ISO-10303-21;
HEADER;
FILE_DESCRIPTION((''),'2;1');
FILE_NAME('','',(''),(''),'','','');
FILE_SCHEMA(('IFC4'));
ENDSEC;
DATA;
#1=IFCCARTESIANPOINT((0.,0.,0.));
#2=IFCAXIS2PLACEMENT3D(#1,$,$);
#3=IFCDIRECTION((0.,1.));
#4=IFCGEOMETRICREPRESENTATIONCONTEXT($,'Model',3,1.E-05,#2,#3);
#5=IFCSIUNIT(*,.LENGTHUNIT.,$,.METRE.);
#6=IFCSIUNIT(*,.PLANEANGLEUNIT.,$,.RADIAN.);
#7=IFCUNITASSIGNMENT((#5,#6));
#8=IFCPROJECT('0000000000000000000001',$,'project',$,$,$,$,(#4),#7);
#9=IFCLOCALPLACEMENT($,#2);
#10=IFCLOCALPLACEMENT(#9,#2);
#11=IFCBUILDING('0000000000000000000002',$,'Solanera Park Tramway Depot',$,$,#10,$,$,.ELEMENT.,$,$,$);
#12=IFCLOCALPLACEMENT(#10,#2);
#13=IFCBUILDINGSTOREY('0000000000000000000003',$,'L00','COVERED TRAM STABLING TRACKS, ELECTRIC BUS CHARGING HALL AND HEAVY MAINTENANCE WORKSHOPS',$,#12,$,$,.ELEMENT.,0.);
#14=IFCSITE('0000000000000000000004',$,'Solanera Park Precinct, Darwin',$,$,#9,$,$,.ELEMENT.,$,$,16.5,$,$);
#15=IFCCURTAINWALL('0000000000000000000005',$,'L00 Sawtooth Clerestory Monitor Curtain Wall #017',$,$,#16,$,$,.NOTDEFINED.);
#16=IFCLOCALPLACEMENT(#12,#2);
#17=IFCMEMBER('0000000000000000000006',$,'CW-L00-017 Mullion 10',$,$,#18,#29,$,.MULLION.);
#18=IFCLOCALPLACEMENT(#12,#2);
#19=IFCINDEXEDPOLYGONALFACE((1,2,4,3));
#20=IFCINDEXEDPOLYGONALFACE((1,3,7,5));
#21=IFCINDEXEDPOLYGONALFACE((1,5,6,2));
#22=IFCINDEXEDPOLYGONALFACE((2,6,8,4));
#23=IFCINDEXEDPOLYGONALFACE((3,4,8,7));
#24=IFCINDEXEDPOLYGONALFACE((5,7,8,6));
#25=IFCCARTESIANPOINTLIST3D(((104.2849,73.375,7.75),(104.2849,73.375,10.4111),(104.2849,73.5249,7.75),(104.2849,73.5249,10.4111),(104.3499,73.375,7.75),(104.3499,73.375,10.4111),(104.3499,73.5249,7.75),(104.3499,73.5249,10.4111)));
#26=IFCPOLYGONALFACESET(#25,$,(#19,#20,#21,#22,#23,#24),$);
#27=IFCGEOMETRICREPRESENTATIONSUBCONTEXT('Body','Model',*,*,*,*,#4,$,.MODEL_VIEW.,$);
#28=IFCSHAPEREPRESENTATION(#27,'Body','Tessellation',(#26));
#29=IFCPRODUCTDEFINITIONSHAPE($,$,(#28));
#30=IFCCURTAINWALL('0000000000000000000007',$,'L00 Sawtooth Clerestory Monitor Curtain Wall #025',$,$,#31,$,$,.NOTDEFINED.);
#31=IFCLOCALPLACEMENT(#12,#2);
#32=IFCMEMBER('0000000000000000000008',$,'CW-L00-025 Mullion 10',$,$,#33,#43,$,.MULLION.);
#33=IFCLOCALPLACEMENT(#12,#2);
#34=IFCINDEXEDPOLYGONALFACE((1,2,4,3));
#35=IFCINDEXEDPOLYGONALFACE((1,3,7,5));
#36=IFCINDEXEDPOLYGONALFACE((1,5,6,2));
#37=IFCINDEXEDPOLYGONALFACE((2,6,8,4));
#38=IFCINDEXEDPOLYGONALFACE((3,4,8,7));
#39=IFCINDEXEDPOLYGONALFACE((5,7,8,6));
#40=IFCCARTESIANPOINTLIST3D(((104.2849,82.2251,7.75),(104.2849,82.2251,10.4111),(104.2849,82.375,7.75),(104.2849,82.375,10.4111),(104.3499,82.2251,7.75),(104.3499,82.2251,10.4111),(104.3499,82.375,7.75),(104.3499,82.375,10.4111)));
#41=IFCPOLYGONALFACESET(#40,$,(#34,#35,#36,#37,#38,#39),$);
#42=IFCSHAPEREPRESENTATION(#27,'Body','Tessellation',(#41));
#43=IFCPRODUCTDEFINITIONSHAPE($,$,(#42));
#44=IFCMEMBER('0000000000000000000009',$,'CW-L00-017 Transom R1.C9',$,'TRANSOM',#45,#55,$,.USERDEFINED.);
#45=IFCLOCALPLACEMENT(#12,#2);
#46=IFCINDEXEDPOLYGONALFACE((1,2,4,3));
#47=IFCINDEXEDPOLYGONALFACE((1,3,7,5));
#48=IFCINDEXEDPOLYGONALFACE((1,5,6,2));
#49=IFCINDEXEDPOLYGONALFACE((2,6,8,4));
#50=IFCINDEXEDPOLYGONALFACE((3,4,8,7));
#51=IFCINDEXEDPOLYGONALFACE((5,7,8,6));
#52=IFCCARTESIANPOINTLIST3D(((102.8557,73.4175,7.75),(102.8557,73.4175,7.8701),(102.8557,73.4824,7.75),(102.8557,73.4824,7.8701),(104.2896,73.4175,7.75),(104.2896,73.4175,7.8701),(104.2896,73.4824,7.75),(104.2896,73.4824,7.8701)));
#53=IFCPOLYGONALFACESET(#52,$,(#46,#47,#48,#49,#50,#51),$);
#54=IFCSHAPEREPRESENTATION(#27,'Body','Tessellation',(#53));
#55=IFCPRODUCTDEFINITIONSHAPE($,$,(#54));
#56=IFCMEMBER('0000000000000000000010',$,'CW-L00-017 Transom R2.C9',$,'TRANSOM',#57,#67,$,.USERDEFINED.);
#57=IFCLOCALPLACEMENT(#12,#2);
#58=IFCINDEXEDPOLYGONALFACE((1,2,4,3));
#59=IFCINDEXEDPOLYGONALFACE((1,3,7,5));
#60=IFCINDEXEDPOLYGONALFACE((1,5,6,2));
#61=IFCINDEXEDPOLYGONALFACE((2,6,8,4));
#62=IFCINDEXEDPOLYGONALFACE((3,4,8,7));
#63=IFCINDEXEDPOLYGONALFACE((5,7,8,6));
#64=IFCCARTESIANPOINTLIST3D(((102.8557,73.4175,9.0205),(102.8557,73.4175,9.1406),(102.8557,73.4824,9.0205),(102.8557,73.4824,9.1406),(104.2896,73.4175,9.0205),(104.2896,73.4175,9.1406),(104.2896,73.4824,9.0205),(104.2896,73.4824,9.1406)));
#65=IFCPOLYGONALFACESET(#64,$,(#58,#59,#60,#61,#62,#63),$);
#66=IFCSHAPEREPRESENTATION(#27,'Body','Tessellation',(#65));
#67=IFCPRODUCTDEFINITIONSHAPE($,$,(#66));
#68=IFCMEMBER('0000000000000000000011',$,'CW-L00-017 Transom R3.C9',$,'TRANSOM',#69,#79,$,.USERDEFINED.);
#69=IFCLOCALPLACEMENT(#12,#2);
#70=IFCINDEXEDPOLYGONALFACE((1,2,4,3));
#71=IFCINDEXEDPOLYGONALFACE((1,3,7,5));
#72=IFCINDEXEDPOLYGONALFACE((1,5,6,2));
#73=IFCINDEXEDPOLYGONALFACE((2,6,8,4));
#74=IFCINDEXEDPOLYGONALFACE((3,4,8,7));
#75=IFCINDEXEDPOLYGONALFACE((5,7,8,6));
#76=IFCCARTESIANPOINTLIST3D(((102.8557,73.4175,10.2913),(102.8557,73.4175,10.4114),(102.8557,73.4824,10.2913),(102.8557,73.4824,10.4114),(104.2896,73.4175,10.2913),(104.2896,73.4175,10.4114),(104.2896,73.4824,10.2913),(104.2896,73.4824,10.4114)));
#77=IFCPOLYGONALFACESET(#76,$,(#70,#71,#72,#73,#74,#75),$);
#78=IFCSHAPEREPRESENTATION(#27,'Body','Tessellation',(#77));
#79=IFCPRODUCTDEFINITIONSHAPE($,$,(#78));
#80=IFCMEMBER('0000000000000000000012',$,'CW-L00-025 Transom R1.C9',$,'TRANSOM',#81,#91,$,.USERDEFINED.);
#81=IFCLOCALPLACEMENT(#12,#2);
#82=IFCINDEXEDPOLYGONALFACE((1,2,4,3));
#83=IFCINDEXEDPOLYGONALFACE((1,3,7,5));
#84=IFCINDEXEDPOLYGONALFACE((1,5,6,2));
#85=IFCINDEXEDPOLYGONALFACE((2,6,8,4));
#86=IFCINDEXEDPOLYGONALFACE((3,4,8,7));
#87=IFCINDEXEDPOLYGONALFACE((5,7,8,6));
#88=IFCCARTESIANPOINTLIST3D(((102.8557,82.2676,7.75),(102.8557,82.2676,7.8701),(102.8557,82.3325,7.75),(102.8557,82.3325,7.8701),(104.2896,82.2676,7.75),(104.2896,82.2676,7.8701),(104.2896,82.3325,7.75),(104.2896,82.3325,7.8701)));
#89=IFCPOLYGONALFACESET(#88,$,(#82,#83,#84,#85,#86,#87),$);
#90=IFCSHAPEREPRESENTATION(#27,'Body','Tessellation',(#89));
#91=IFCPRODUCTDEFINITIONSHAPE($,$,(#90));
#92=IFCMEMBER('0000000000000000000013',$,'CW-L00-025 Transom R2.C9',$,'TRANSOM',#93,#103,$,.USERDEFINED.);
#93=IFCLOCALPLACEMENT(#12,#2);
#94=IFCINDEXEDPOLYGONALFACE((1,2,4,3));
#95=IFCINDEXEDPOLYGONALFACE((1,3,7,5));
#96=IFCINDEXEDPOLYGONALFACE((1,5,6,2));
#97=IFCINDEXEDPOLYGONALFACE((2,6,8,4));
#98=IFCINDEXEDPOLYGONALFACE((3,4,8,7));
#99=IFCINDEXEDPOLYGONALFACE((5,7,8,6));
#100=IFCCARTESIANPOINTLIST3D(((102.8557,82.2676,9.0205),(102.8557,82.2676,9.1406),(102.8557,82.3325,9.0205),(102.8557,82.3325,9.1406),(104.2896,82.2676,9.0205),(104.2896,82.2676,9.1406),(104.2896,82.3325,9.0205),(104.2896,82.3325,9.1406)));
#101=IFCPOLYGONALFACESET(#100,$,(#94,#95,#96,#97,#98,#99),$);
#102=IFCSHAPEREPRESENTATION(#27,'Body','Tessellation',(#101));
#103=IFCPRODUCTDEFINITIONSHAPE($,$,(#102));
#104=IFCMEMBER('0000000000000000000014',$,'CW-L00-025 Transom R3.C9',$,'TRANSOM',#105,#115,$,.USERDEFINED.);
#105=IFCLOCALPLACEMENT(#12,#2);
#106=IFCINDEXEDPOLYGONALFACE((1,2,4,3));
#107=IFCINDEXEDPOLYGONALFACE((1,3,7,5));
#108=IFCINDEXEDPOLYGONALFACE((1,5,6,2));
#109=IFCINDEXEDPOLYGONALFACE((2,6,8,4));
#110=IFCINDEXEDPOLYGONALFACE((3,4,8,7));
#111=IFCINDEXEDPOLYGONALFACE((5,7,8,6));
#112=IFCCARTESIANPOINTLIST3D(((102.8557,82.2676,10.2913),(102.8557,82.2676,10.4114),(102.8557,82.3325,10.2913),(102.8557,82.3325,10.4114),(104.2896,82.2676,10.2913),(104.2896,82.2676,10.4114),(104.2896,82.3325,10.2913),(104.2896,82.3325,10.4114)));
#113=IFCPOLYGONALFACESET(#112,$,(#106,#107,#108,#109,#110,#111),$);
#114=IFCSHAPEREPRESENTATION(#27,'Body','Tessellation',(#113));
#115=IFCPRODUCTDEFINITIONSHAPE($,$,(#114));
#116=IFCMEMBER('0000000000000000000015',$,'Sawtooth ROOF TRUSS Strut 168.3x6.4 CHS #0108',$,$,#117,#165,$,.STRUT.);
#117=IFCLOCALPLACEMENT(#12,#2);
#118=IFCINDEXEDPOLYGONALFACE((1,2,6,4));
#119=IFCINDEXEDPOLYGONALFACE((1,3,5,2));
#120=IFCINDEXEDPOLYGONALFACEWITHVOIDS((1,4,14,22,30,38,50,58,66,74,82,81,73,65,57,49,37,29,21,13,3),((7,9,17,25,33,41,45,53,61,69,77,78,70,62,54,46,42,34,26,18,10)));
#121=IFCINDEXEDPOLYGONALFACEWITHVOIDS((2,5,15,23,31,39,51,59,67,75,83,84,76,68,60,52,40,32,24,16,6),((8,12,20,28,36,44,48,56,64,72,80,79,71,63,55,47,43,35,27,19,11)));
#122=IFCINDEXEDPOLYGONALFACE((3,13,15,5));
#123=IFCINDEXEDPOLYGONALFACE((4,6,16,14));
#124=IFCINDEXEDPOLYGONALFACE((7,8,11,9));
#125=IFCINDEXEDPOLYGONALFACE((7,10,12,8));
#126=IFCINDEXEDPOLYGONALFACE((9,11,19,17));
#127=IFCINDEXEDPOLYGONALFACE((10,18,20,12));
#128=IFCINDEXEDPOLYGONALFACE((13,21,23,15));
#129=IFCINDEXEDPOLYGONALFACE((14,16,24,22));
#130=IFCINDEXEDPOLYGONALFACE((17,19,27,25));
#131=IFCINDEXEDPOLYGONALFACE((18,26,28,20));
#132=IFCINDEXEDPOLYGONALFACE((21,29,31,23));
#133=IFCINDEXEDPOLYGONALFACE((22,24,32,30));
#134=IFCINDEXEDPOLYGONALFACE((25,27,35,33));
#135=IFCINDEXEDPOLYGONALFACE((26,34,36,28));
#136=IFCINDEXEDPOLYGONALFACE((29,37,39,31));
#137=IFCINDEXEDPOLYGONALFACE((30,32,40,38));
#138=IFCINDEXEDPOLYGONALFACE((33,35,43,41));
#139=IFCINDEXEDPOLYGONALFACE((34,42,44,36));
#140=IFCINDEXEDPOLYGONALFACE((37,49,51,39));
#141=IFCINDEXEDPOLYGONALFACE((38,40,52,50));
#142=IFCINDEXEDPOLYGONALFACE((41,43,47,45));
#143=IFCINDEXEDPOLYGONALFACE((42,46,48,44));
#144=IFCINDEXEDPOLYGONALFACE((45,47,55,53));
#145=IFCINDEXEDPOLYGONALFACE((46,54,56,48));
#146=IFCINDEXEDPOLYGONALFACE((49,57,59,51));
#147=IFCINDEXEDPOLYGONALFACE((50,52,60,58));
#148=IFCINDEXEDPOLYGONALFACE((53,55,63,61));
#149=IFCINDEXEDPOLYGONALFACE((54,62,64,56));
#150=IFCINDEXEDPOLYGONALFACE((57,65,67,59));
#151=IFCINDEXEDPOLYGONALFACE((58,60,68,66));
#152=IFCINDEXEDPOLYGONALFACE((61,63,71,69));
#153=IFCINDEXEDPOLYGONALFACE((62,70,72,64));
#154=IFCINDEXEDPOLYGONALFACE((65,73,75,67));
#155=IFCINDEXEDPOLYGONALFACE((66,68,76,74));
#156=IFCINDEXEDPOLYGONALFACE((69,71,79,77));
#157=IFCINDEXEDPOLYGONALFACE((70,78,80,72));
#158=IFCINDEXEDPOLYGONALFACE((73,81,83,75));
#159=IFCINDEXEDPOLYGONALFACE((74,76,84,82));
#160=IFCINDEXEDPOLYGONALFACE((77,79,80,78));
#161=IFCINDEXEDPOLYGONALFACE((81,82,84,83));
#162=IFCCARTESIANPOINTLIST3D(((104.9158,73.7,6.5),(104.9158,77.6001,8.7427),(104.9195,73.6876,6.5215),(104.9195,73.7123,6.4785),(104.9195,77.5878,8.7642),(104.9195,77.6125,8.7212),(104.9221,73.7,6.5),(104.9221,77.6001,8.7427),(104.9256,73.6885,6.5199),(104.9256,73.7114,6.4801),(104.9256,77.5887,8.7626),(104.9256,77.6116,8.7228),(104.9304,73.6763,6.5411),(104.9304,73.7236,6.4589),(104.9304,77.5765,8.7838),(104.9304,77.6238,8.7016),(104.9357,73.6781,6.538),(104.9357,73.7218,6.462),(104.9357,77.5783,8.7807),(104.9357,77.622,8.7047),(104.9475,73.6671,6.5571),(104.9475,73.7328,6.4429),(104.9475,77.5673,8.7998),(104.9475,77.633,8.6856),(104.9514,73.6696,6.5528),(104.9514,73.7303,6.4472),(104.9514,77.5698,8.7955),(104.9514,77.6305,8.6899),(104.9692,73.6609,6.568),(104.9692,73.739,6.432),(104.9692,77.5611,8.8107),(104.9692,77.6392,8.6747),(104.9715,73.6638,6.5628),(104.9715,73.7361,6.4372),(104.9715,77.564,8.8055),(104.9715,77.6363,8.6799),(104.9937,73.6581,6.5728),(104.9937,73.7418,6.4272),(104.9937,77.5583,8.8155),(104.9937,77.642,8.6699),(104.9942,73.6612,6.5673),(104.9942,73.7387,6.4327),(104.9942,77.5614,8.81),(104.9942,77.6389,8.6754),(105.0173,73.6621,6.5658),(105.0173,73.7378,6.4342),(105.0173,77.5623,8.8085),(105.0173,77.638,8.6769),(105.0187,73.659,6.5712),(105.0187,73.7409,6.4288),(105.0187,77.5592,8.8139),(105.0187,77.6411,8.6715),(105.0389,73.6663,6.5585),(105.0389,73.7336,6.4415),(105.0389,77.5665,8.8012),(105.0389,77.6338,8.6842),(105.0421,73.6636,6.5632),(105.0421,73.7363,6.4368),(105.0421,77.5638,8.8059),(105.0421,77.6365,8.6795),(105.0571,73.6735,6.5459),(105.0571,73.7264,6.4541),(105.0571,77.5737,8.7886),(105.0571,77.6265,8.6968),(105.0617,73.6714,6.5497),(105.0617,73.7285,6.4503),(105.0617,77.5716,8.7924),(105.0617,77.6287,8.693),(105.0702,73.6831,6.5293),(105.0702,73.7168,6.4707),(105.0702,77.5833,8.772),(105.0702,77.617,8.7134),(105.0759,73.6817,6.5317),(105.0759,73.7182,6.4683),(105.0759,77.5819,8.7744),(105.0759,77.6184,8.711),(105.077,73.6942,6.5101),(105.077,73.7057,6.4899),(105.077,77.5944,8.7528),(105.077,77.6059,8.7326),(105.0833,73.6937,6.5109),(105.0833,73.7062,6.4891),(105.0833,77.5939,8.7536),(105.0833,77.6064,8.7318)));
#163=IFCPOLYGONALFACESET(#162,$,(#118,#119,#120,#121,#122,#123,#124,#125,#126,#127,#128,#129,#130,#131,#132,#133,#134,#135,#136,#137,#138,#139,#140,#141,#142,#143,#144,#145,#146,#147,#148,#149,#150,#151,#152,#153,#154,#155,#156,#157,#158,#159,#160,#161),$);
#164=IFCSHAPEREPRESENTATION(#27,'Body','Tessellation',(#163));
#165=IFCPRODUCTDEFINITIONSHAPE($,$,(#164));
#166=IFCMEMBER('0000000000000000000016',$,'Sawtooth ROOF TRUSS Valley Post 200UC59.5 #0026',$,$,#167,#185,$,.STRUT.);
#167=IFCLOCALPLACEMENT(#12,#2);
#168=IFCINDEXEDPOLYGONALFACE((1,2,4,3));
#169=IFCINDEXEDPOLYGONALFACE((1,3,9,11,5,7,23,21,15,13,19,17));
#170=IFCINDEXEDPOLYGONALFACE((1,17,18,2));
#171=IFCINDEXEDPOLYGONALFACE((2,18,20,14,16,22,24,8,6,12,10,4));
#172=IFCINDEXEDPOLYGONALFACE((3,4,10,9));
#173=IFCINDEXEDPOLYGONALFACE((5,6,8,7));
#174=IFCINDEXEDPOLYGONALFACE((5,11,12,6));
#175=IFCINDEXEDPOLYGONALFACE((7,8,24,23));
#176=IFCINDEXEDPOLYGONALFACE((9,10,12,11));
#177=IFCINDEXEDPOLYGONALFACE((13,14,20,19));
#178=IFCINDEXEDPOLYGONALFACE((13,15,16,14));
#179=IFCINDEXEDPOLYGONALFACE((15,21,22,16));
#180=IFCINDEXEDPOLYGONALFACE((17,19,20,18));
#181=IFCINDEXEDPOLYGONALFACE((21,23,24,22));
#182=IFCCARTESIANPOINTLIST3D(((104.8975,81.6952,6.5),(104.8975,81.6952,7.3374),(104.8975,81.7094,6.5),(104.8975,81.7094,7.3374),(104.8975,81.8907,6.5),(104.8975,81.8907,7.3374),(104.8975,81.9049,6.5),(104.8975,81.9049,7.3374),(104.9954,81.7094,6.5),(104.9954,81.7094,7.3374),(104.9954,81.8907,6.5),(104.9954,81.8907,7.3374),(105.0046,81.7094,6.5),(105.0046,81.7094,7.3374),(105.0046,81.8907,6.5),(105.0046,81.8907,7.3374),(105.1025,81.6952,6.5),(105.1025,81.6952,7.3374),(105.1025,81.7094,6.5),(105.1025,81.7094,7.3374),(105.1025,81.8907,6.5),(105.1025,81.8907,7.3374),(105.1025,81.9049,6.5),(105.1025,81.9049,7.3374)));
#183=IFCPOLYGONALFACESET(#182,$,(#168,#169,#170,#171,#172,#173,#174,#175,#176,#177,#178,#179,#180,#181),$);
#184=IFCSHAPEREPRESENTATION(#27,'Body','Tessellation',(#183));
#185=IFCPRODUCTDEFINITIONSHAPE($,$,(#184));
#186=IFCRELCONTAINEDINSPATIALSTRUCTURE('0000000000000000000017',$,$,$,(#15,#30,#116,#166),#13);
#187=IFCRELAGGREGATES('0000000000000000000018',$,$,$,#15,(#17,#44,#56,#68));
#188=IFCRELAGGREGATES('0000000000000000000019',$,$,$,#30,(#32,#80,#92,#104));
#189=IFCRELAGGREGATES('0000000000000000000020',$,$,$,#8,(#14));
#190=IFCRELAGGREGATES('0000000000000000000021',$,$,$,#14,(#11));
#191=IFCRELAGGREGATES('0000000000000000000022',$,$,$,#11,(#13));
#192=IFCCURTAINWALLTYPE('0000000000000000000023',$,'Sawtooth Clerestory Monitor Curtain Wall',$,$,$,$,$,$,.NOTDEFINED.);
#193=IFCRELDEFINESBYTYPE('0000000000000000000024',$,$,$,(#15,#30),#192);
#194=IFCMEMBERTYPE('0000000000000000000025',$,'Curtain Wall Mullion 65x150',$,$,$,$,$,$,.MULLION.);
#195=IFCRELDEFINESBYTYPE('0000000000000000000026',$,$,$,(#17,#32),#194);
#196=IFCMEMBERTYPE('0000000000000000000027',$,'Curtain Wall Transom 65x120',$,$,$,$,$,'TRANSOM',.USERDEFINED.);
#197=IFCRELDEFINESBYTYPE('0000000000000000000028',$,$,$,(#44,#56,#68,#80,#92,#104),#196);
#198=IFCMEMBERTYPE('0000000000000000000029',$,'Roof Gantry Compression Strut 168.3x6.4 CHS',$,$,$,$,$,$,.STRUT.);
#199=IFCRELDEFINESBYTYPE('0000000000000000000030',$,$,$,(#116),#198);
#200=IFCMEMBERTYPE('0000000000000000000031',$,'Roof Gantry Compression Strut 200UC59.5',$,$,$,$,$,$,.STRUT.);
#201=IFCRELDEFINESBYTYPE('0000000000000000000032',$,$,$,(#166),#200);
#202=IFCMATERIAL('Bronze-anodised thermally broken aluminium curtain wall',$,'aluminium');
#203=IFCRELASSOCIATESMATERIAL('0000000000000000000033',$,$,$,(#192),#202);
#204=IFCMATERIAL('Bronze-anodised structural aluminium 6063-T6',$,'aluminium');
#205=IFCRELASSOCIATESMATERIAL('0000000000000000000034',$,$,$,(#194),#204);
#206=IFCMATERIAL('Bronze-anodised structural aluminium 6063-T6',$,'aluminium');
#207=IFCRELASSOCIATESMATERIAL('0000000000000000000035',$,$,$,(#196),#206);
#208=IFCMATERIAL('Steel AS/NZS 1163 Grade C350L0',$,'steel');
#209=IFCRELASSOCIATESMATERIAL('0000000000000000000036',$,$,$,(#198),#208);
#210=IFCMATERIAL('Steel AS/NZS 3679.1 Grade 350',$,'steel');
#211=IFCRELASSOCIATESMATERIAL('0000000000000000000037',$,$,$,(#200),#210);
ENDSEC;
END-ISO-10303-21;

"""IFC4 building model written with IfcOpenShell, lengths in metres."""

from ifc_helpers import new_model, si_unit, direction, frame, origin, origin_2d, place, context, subcontext, project, spatial, rectangle, hollow_circle, i_section, extrude, material, material_profile, profile_set, type_object, element, aggregate, save


model = new_model("IFC4")

# Units and contexts
model_context = context("Model", 3, precision=1e-05, world=origin(), true_north=direction((0.0, 1.0)))
body_context = subcontext(model_context, "Body", "Model", "MODEL_VIEW")
ifc_project = project(units=[si_unit("LENGTHUNIT", "METRE"), si_unit("PLANEANGLEUNIT", "RADIAN")], contexts=[model_context])

# Site, building, storey
site_placement = place(None, origin())
site = spatial("IfcSite", under=ifc_project, at=site_placement, Name="Solanera Park Precinct, Darwin", CompositionType="ELEMENT", RefElevation=16.5)
building_placement = place(site_placement, origin())
building = spatial("IfcBuilding", under=site, at=building_placement, Name="Solanera Park Tramway Depot", CompositionType="ELEMENT")
storey_placement = place(building_placement, origin())
storey = spatial("IfcBuildingStorey", under=building, at=storey_placement, Name="L00", Description="COVERED TRAM STABLING TRACKS, ELECTRIC BUS CHARGING HALL AND HEAVY MAINTENANCE WORKSHOPS", CompositionType="ELEMENT", Elevation=0.0)

# Curtain walls, members
ifc_material_1 = material(Name="Bronze-anodised thermally broken aluminium curtain wall", Category="aluminium")
curtain_wall_type = type_object("IfcCurtainWallType", Name="Sawtooth Clerestory Monitor Curtain Wall", PredefinedType="NOTDEFINED", material=ifc_material_1)
curtain_wall_1_placement = place(storey_placement, origin())
curtain_wall_1 = element("IfcCurtainWall", 1, at=curtain_wall_1_placement, inside=storey, type_object=curtain_wall_type, Name="L00 Sawtooth Clerestory Monitor Curtain Wall #017", PredefinedType="NOTDEFINED")
ifc_material_2 = material(Name="Bronze-anodised structural aluminium 6063-T6", Category="aluminium")
ifc_material_profile_1 = material_profile(ifc_material_2, rectangle(XDim=0.0649, YDim=0.1499, at=origin_2d()), Name="Curtain Wall Mullion 65x150")
ifc_profile_set_1 = profile_set([ifc_material_profile_1], Name="Bronze-anodised structural aluminium 6063-T6")
member_type_1 = type_object("IfcMemberType", Name="Curtain Wall Mullion 65x150", PredefinedType="MULLION", material=ifc_profile_set_1)
member_1_placement = place(storey_placement, frame((104.3174, 73.45, 7.75), z_axis=(0.0, 0.0, 1.0), x_axis=(1.0, 0.0, 0.0)))
member_1 = element("IfcMember", 2, at=member_1_placement, type_object=member_type_1, Name="CW-L00-017 Mullion 10", PredefinedType="MULLION", context=body_context, shape_type="SweptSolid", body=[
    extrude(rectangle(XDim=0.0649, YDim=0.1499, at=origin_2d()), origin(), (0.0, 0.0, 1.0), 2.6611),
])
curtain_wall_2_placement = place(storey_placement, origin())
curtain_wall_2 = element("IfcCurtainWall", 3, at=curtain_wall_2_placement, inside=storey, type_object=curtain_wall_type, Name="L00 Sawtooth Clerestory Monitor Curtain Wall #025", PredefinedType="NOTDEFINED")
member_2_placement = place(storey_placement, frame((104.3174, 82.3, 7.75), z_axis=(0.0, 0.0, 1.0), x_axis=(1.0, 0.0, 0.0)))
member_2 = element("IfcMember", 4, at=member_2_placement, type_object=member_type_1, Name="CW-L00-025 Mullion 10", PredefinedType="MULLION", context=body_context, shape_type="SweptSolid", body=[
    extrude(rectangle(XDim=0.0649, YDim=0.1499, at=origin_2d()), origin(), (0.0, 0.0, 1.0), 2.6611),
])

# Members
ifc_material_3 = material(Name="Bronze-anodised structural aluminium 6063-T6", Category="aluminium")
ifc_material_profile_2 = material_profile(ifc_material_3, rectangle(XDim=0.0649, YDim=0.1201, at=origin_2d()), Name="Curtain Wall Transom 65x120")
ifc_profile_set_2 = profile_set([ifc_material_profile_2], Name="Bronze-anodised structural aluminium 6063-T6")
member_type_2 = type_object("IfcMemberType", Name="Curtain Wall Transom 65x120", ElementType="TRANSOM", PredefinedType="USERDEFINED", material=ifc_profile_set_2)
member_3_placement = place(storey_placement, frame((102.8557, 73.45, 7.8101), z_axis=(1.0, 0.0, 0.0), x_axis=(0.0, 1.0, 0.0)))
member_3 = element("IfcMember", 5, at=member_3_placement, type_object=member_type_2, Name="CW-L00-017 Transom R1.C9", ObjectType="TRANSOM", PredefinedType="USERDEFINED", context=body_context, shape_type="SweptSolid", body=[
    extrude(rectangle(XDim=0.0649, YDim=0.1201, at=origin_2d()), origin(), (0.0, 0.0, 1.0), 1.4338),
])
member_4_placement = place(storey_placement, frame((102.8557, 73.45, 9.0806), z_axis=(1.0, 0.0, 0.0), x_axis=(0.0, 1.0, 0.0)))
member_4 = element("IfcMember", 6, at=member_4_placement, type_object=member_type_2, Name="CW-L00-017 Transom R2.C9", ObjectType="TRANSOM", PredefinedType="USERDEFINED", context=body_context, shape_type="SweptSolid", body=[
    extrude(rectangle(XDim=0.0649, YDim=0.1201, at=origin_2d()), origin(), (0.0, 0.0, 1.0), 1.4338),
])
member_5_placement = place(storey_placement, frame((102.8557, 73.45, 10.3513), z_axis=(1.0, 0.0, 0.0), x_axis=(0.0, 1.0, 0.0)))
member_5 = element("IfcMember", 7, at=member_5_placement, type_object=member_type_2, Name="CW-L00-017 Transom R3.C9", ObjectType="TRANSOM", PredefinedType="USERDEFINED", context=body_context, shape_type="SweptSolid", body=[
    extrude(rectangle(XDim=0.0649, YDim=0.1201, at=origin_2d()), origin(), (0.0, 0.0, 1.0), 1.4338),
])
member_6_placement = place(storey_placement, frame((102.8557, 82.3, 7.8101), z_axis=(1.0, 0.0, 0.0), x_axis=(0.0, 1.0, 0.0)))
member_6 = element("IfcMember", 8, at=member_6_placement, type_object=member_type_2, Name="CW-L00-025 Transom R1.C9", ObjectType="TRANSOM", PredefinedType="USERDEFINED", context=body_context, shape_type="SweptSolid", body=[
    extrude(rectangle(XDim=0.0649, YDim=0.1201, at=origin_2d()), origin(), (0.0, 0.0, 1.0), 1.4338),
])
member_7_placement = place(storey_placement, frame((102.8557, 82.3, 9.0806), z_axis=(1.0, 0.0, 0.0), x_axis=(0.0, 1.0, 0.0)))
member_7 = element("IfcMember", 9, at=member_7_placement, type_object=member_type_2, Name="CW-L00-025 Transom R2.C9", ObjectType="TRANSOM", PredefinedType="USERDEFINED", context=body_context, shape_type="SweptSolid", body=[
    extrude(rectangle(XDim=0.0649, YDim=0.1201, at=origin_2d()), origin(), (0.0, 0.0, 1.0), 1.4338),
])
member_8_placement = place(storey_placement, frame((102.8557, 82.3, 10.3513), z_axis=(1.0, 0.0, 0.0), x_axis=(0.0, 1.0, 0.0)))
member_8 = element("IfcMember", 10, at=member_8_placement, type_object=member_type_2, Name="CW-L00-025 Transom R3.C9", ObjectType="TRANSOM", PredefinedType="USERDEFINED", context=body_context, shape_type="SweptSolid", body=[
    extrude(rectangle(XDim=0.0649, YDim=0.1201, at=origin_2d()), origin(), (0.0, 0.0, 1.0), 1.4338),
])

# Members
ifc_material_4 = material(Name="Steel AS/NZS 1163 Grade C350L0", Category="steel")
ifc_material_profile_3 = material_profile(ifc_material_4, hollow_circle(Radius=0.0842, WallThickness=0.0063, at=origin_2d()), Name="168.3x6.4 CHS")
ifc_profile_set_3 = profile_set([ifc_material_profile_3], Name="Steel AS/NZS 1163 Grade C350L0")
member_type_3 = type_object("IfcMemberType", Name="Roof Gantry Compression Strut 168.3x6.4 CHS", PredefinedType="STRUT", material=ifc_profile_set_3)
member_9_placement = place(storey_placement, frame((105.0, 73.7, 6.5), z_axis=(0.0, 0.866898, 0.498486), x_axis=(-1.0, 0.0, 0.0)))
element("IfcMember", 11, at=member_9_placement, inside=storey, type_object=member_type_3, Name="Sawtooth ROOF TRUSS Strut 168.3x6.4 CHS #0108", PredefinedType="STRUT", context=body_context, shape_type="SweptSolid", body=[
    extrude(hollow_circle(Radius=0.0842, WallThickness=0.0063, at=origin_2d()), origin(), (0.0, 0.0, 1.0), 4.499),
])
ifc_material_5 = material(Name="Steel AS/NZS 3679.1 Grade 350", Category="steel")
ifc_material_profile_4 = material_profile(ifc_material_5, i_section(OverallWidth=0.2051, OverallDepth=0.2097, WebThickness=0.0093, FlangeThickness=0.0142, at=origin_2d()), Name="200UC59.5")
ifc_profile_set_4 = profile_set([ifc_material_profile_4], Name="Steel AS/NZS 3679.1 Grade 350")
member_type_4 = type_object("IfcMemberType", Name="Roof Gantry Compression Strut 200UC59.5", PredefinedType="STRUT", material=ifc_profile_set_4)
member_10_placement = place(storey_placement, frame((105.0, 81.8, 6.5), z_axis=(0.0, 0.0, 1.0), x_axis=(1.0, 0.0, 0.0)))
element("IfcMember", 12, at=member_10_placement, inside=storey, type_object=member_type_4, Name="Sawtooth ROOF TRUSS Valley Post 200UC59.5 #0026", PredefinedType="STRUT", context=body_context, shape_type="SweptSolid", body=[
    extrude(i_section(OverallWidth=0.2051, OverallDepth=0.2097, WebThickness=0.0093, FlangeThickness=0.0142, at=origin_2d()), origin(), (0.0, 0.0, 1.0), 0.8374),
])

aggregate(curtain_wall_1, [member_1, member_3, member_4, member_5])
aggregate(curtain_wall_2, [member_2, member_6, member_7, member_8])

save(model, "model.ifc")
